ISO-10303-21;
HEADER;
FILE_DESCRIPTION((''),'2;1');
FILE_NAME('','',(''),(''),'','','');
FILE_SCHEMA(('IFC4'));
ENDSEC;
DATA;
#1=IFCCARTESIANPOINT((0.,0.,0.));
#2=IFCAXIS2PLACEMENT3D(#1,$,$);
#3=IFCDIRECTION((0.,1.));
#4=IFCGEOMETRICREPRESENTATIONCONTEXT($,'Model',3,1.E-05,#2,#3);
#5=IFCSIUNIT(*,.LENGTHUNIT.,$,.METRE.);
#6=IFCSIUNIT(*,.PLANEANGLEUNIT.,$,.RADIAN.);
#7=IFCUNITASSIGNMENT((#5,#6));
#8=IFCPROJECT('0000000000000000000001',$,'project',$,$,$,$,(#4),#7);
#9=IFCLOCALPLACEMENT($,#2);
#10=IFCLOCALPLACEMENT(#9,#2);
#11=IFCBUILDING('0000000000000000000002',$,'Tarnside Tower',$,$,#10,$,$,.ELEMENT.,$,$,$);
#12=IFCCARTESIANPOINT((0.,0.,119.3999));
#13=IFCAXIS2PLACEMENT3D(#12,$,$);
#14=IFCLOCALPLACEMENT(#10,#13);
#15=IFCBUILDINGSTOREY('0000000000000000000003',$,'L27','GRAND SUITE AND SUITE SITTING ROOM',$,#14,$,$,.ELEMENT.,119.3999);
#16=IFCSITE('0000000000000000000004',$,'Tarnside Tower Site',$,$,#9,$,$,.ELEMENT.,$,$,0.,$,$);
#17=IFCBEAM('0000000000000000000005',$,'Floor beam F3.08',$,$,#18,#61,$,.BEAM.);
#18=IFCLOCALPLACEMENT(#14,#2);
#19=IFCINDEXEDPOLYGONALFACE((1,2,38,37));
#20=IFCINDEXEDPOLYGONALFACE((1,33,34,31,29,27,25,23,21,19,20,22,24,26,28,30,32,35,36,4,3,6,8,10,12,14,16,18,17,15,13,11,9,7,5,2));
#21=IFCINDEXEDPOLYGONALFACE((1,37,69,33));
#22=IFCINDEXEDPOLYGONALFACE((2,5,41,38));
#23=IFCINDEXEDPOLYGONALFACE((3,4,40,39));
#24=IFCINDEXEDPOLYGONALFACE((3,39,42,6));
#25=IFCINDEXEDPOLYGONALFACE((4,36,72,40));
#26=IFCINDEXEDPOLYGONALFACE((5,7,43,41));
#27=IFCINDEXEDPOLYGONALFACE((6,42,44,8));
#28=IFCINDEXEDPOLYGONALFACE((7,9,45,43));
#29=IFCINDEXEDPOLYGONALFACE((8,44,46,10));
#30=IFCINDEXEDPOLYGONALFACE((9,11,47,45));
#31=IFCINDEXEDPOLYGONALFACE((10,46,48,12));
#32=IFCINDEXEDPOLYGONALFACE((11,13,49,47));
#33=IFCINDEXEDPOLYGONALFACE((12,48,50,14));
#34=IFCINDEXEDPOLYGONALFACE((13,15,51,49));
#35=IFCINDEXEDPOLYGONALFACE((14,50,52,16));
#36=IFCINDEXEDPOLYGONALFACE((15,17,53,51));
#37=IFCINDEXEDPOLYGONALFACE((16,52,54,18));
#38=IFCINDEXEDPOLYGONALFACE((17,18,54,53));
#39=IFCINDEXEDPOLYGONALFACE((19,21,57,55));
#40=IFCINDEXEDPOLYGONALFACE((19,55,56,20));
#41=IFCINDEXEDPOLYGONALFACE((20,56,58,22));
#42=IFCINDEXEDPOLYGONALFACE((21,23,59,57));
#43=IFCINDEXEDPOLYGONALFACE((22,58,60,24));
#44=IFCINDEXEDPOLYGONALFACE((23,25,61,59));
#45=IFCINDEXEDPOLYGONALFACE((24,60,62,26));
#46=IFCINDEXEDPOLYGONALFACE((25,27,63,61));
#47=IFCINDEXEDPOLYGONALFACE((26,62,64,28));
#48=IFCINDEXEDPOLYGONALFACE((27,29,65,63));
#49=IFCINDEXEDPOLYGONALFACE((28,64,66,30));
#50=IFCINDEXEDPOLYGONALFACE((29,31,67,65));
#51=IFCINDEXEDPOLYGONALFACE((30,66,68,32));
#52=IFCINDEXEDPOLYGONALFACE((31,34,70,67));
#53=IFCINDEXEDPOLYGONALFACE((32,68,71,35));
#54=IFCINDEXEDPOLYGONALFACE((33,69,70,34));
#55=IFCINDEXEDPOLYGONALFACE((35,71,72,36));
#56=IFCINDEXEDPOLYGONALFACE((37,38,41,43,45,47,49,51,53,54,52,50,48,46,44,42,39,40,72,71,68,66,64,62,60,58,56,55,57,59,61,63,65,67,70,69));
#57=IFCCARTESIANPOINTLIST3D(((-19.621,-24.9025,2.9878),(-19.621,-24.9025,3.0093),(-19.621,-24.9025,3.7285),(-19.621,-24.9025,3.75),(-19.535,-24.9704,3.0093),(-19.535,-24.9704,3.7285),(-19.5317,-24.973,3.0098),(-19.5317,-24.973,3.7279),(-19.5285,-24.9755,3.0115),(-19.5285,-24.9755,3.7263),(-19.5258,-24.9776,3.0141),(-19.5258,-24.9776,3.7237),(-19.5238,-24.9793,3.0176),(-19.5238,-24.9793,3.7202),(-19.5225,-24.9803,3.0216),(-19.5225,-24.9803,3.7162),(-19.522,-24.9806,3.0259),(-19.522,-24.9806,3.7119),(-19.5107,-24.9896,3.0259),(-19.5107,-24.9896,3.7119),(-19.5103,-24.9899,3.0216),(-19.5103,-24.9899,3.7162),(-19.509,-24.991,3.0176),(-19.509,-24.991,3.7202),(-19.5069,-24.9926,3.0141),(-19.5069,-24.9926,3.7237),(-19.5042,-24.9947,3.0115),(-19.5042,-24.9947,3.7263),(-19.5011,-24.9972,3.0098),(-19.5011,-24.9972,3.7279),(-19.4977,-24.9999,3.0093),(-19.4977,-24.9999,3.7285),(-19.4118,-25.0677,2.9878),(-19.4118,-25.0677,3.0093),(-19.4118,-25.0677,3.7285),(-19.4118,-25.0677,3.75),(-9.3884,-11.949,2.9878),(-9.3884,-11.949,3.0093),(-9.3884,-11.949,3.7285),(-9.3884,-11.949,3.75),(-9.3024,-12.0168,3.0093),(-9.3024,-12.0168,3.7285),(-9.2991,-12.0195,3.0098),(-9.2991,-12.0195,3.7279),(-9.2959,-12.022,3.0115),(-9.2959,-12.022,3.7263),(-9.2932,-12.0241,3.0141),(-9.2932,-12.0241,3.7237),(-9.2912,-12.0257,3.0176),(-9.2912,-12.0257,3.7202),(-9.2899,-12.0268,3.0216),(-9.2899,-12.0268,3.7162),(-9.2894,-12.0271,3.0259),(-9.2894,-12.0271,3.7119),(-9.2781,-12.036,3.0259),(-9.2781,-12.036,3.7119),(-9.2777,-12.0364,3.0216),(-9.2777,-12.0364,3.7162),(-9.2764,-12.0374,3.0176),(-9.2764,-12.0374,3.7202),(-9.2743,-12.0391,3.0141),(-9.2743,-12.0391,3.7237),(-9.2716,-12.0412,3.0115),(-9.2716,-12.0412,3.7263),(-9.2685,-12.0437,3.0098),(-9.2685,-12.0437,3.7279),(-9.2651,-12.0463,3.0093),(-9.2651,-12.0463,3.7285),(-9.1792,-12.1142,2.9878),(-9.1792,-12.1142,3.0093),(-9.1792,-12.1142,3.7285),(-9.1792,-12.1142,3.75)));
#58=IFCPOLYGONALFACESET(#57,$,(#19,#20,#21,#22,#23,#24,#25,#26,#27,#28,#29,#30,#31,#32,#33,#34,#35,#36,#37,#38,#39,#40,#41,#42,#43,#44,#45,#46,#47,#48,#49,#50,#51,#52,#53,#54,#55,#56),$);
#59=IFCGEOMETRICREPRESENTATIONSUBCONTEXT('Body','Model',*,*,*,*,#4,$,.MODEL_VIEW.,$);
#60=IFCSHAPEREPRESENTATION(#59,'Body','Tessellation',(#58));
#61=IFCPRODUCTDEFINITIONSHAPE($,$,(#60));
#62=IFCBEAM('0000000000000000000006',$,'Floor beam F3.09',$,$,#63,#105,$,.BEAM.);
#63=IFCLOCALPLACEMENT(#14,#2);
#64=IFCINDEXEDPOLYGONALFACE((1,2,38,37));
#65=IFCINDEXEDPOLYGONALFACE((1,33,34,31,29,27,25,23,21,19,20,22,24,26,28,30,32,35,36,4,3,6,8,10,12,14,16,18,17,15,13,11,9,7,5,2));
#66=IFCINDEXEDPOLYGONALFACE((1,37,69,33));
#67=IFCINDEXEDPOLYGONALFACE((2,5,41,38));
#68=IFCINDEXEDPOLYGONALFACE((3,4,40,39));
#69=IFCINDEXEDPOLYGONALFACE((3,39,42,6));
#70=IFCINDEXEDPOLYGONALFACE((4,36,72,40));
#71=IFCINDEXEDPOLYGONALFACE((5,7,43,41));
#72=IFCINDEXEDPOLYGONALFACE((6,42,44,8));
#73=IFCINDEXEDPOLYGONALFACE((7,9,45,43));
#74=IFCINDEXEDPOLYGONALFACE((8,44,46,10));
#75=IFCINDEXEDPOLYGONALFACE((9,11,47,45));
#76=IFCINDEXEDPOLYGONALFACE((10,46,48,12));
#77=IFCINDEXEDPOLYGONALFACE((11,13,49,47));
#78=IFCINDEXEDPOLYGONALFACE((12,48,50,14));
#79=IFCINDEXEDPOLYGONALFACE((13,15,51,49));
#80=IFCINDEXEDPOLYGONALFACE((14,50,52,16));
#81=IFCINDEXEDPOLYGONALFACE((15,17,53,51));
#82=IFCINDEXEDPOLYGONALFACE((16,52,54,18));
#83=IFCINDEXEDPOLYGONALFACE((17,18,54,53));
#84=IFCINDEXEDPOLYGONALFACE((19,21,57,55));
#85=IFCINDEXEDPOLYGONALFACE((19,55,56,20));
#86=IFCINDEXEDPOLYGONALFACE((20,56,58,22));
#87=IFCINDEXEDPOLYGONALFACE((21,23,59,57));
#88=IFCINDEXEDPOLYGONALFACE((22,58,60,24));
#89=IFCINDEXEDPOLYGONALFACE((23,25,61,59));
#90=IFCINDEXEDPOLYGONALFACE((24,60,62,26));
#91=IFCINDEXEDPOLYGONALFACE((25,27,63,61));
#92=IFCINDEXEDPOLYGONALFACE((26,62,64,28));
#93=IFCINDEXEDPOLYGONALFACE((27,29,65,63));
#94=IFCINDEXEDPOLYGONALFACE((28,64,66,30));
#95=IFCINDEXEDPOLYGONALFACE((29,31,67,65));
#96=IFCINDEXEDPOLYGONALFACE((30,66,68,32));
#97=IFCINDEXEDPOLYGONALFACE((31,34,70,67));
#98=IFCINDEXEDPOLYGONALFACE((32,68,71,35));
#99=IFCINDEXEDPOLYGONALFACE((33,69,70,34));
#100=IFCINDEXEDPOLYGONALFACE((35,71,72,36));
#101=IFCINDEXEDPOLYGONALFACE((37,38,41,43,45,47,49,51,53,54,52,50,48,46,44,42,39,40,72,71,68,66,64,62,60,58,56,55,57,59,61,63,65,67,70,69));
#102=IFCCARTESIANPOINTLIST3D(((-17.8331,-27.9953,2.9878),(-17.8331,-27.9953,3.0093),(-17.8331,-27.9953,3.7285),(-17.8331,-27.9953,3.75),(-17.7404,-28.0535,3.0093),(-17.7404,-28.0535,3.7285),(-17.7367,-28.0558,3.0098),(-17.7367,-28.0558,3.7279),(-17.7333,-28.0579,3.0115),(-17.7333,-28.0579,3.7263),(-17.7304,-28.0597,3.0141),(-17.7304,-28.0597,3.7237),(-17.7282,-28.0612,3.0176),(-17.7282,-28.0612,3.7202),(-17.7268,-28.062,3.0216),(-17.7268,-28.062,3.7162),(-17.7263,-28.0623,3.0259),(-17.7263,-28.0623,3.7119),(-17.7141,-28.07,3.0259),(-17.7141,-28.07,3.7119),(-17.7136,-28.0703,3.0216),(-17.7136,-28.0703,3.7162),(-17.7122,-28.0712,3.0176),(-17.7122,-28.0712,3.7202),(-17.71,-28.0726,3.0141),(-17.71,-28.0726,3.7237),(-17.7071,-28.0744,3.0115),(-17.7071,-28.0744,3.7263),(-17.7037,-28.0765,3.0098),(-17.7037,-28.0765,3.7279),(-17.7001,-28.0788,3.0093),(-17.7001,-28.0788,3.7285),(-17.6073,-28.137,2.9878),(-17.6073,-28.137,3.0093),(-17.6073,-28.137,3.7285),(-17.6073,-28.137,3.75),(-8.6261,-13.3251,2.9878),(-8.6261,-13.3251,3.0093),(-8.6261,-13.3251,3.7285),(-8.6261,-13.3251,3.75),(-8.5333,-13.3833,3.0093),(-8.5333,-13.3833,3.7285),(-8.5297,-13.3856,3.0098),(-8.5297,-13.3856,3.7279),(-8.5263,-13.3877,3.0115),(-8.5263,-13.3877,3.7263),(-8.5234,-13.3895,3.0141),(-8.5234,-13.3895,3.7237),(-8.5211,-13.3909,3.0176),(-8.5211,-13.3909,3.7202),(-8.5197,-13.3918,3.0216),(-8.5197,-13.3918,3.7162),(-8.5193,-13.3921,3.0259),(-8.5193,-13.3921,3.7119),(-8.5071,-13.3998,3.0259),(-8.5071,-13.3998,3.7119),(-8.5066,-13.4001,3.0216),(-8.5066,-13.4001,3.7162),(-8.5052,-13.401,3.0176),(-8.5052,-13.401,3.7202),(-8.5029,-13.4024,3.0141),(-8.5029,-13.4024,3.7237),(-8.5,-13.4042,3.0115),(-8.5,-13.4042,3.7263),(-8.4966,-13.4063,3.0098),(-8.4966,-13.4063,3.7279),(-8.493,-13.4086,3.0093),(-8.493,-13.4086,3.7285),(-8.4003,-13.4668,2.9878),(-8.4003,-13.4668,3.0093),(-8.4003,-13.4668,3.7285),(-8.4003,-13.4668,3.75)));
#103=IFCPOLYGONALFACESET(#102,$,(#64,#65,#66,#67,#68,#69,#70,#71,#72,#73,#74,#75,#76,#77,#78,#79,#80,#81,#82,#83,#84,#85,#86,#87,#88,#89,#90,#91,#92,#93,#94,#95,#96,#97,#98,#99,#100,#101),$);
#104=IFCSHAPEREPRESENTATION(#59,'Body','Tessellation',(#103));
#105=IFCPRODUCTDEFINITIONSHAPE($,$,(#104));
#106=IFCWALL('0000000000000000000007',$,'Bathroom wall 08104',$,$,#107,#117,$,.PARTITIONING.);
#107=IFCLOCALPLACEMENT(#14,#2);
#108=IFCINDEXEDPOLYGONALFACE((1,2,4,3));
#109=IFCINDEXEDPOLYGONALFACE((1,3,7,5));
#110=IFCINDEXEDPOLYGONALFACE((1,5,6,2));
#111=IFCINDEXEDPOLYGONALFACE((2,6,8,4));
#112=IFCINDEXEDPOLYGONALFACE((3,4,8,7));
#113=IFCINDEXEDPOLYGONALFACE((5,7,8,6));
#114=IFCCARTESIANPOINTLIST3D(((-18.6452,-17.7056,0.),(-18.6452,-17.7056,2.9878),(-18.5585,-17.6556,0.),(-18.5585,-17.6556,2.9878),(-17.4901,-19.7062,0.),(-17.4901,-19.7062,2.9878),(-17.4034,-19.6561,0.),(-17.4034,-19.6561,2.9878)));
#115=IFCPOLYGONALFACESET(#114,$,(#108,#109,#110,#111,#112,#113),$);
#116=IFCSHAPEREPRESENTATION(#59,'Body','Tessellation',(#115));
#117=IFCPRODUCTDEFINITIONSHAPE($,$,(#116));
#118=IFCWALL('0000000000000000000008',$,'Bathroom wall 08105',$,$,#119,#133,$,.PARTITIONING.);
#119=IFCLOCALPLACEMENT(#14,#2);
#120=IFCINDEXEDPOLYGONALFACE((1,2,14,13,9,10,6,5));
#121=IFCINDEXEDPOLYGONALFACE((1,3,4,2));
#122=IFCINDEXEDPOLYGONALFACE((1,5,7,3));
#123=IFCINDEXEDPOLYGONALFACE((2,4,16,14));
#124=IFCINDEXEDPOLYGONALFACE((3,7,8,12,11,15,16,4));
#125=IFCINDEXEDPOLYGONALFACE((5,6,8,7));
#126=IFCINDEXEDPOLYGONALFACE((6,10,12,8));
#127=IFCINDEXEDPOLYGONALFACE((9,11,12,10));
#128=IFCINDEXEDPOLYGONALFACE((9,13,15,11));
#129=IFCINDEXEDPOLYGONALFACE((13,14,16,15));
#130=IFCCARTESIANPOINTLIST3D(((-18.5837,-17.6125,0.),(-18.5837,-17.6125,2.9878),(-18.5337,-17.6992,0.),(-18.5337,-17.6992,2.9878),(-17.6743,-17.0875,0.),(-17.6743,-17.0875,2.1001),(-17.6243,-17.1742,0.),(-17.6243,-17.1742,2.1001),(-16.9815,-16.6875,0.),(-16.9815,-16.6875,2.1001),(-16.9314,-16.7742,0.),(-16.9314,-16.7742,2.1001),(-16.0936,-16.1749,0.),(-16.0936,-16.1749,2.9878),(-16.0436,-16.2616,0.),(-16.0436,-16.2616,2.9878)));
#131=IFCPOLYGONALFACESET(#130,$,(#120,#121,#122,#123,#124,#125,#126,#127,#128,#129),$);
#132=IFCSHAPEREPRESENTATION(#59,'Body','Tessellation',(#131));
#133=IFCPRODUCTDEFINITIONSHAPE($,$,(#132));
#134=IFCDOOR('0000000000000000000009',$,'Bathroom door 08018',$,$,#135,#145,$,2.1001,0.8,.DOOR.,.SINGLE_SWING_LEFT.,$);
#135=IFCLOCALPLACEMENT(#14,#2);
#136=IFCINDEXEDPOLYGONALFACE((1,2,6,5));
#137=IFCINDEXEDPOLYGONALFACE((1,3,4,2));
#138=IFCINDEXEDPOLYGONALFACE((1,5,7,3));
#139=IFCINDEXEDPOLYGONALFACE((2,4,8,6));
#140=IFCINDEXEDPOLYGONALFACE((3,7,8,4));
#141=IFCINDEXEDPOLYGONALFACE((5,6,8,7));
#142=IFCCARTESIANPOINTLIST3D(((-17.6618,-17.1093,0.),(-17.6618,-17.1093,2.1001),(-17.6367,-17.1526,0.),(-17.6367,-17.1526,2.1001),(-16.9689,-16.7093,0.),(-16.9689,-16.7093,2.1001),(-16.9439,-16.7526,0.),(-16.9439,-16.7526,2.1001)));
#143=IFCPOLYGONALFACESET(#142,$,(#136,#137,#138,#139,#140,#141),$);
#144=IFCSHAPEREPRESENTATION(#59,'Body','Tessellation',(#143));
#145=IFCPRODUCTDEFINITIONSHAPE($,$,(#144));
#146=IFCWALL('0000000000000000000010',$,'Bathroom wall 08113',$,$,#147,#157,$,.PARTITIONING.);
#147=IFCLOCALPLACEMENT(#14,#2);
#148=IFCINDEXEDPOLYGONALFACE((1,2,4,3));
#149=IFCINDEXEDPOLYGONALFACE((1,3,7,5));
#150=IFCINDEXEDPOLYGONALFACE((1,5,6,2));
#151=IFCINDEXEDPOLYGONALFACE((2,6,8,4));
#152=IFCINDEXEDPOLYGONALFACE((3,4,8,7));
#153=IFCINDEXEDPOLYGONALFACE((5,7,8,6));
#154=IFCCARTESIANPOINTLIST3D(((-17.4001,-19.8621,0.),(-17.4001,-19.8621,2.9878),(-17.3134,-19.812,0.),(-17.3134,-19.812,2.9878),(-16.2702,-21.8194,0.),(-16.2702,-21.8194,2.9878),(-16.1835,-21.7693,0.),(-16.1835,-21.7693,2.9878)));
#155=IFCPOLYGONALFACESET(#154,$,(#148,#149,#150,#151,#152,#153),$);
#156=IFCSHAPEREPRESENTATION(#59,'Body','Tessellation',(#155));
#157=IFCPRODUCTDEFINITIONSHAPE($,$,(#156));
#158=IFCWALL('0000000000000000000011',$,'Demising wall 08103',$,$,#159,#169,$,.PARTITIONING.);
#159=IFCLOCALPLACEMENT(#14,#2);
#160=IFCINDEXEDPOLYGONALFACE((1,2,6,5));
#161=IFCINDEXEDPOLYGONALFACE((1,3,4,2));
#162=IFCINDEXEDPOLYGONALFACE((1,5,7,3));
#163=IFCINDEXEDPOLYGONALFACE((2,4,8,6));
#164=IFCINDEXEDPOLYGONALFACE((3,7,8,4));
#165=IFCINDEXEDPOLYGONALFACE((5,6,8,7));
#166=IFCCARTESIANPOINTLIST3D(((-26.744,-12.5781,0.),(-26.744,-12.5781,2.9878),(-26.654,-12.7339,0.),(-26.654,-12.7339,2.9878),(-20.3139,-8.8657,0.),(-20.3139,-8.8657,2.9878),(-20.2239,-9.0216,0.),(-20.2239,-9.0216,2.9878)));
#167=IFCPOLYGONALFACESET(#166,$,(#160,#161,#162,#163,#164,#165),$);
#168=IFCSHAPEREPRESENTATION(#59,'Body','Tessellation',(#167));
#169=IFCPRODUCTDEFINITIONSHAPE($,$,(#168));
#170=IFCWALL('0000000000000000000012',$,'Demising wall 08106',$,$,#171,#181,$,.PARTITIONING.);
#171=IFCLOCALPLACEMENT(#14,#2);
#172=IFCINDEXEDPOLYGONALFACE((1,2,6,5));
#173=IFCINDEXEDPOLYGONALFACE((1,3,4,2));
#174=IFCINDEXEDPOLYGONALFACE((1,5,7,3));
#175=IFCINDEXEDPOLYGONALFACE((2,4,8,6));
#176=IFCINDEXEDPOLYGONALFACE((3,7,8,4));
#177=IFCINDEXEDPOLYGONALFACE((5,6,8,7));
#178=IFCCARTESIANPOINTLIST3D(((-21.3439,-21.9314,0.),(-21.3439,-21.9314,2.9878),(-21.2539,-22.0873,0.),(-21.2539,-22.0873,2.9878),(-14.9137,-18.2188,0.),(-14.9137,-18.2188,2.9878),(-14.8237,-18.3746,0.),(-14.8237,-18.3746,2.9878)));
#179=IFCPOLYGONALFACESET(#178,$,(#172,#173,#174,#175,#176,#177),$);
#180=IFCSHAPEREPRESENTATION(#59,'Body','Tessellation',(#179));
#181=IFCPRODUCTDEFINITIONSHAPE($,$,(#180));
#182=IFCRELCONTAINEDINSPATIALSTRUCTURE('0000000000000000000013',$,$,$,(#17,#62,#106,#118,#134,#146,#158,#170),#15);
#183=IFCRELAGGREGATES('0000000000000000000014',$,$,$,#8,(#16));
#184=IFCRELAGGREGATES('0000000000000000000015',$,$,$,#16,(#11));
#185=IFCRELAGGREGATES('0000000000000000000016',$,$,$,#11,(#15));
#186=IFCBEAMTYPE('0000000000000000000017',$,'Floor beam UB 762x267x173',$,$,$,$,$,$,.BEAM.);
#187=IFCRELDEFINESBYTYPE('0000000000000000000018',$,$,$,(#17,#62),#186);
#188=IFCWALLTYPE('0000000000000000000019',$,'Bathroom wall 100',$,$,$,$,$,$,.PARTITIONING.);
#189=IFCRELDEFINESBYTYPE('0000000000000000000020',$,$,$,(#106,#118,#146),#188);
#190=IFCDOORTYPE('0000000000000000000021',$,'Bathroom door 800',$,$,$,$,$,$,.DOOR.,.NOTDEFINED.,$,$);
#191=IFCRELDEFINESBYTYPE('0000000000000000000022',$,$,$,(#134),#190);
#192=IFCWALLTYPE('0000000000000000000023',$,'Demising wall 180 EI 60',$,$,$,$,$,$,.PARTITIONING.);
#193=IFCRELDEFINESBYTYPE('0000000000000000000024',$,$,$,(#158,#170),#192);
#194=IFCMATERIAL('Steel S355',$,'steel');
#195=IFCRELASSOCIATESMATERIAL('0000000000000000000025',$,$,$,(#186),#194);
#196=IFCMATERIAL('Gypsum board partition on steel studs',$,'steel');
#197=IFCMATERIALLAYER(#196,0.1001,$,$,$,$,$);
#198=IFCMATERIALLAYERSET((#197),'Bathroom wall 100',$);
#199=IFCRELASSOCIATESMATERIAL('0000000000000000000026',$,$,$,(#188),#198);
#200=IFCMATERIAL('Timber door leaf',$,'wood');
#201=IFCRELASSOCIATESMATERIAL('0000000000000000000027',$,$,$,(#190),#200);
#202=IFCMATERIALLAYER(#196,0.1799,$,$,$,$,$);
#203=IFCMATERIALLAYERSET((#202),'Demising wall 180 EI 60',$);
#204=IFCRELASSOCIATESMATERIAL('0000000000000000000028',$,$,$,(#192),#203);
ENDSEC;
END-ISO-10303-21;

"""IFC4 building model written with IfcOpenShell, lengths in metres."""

from ifc_helpers import new_model, si_unit, direction, frame, frame_2d, origin, origin_2d, place, context, subcontext, project, spatial, rectangle, i_section, extrude, material, layer, layer_set, material_profile, profile_set, type_object, element, fill, save


model = new_model("IFC4")

# Units and contexts
model_context = context("Model", 3, precision=1e-05, world=origin(), true_north=direction((0.0, 1.0)))
body_context = subcontext(model_context, "Body", "Model", "MODEL_VIEW")
ifc_project = project(units=[si_unit("LENGTHUNIT", "METRE"), si_unit("PLANEANGLEUNIT", "RADIAN")], contexts=[model_context])

# Site, building, storey
site_placement = place(None, origin())
site = spatial("IfcSite", under=ifc_project, at=site_placement, Name="Tarnside Tower Site", CompositionType="ELEMENT", RefElevation=0.0)
building_placement = place(site_placement, origin())
building = spatial("IfcBuilding", under=site, at=building_placement, Name="Tarnside Tower", CompositionType="ELEMENT")
storey_placement = place(building_placement, frame((0.0, 0.0, 119.3999)))
storey = spatial("IfcBuildingStorey", under=building, at=storey_placement, Name="L27", Description="GRAND SUITE AND SUITE SITTING ROOM", CompositionType="ELEMENT", Elevation=119.3999)

# Beams
ifc_material_1 = material(Name="Steel S355", Category="steel")
ifc_material_profile_1 = material_profile(ifc_material_1, i_section(OverallWidth=0.2666, OverallDepth=0.7622, WebThickness=0.0144, FlangeThickness=0.0215, FilletRadius=0.0166, at=origin_2d()), Name="UB 762x267x173")
ifc_profile_set_1 = profile_set([ifc_material_profile_1], Name="Steel S355")
beam_type_1 = type_object("IfcBeamType", Name="Floor beam UB 762x267x173", PredefinedType="BEAM", material=ifc_profile_set_1)
beam_1_placement = place(storey_placement, frame((-19.5164, -24.9851, 3.3689), z_axis=(0.619873, 0.784702, 0.0), x_axis=(-0.784702, 0.619873, 0.0)))
element("IfcBeam", 1, at=beam_1_placement, inside=storey, type_object=beam_type_1, Name="Floor beam F3.08", PredefinedType="BEAM", context=body_context, shape_type="SweptSolid", body=[
    extrude(i_section(OverallWidth=0.2666, OverallDepth=0.7622, WebThickness=0.0144, FlangeThickness=0.0215, FilletRadius=0.0166, at=origin_2d()), origin(), (0.0, 0.0, 1.0), 16.5076),
])
beam_2_placement = place(storey_placement, frame((-17.7202, -28.0662, 3.3689), z_axis=(0.531583, 0.847006, 0.0), x_axis=(-0.847006, 0.531583, 0.0)))
element("IfcBeam", 2, at=beam_2_placement, inside=storey, type_object=beam_type_1, Name="Floor beam F3.09", PredefinedType="BEAM", context=body_context, shape_type="SweptSolid", body=[
    extrude(i_section(OverallWidth=0.2666, OverallDepth=0.7622, WebThickness=0.0144, FlangeThickness=0.0215, FilletRadius=0.0166, at=origin_2d()), origin(), (0.0, 0.0, 1.0), 17.3201),
])

# Wall
ifc_material_2 = material(Name="Gypsum board partition on steel studs", Category="steel")
ifc_layer_1 = layer(ifc_material_2, 0.1001)
ifc_layer_set_1 = layer_set([ifc_layer_1], Name="Bathroom wall 100")
wall_type_1 = type_object("IfcWallType", Name="Bathroom wall 100", PredefinedType="PARTITIONING", material=ifc_layer_set_1)
wall_1_placement = place(storey_placement, frame((-17.4468, -19.6812, 0.0), z_axis=(0.0, 0.0, 1.0), x_axis=(-0.500015, 0.866017, 0.0)))
element("IfcWall", 3, at=wall_1_placement, inside=storey, type_object=wall_type_1, Name="Bathroom wall 08104", PredefinedType="PARTITIONING", context=body_context, shape_type="SweptSolid", body=[
    extrude(rectangle(XDim=2.3101, YDim=0.1001, at=frame_2d((1.155, 0.0))), origin(), (0.0, 0.0, 1.0), 2.9878),
])

# Wall, opening, door
wall_2_placement = place(storey_placement, frame((-18.5586, -17.6558, 0.0), z_axis=(0.0, 0.0, 1.0), x_axis=(0.86604, 0.499975, 0.0)))
wall_2 = element("IfcWall", 4, at=wall_2_placement, inside=storey, type_object=wall_type_1, Name="Bathroom wall 08105", PredefinedType="PARTITIONING", context=body_context, shape_type="SweptSolid", body=[
    extrude(rectangle(XDim=2.8752, YDim=0.1001, at=frame_2d((1.4375, 0.0))), origin(), (0.0, 0.0, 1.0), 2.9878),
])
opening_1_placement = place(wall_2_placement, frame((1.05, 0.0, 0.0)))
opening_1 = element("IfcOpeningElement", 5, at=opening_1_placement, cuts=wall_2, PredefinedType="OPENING", context=body_context, shape_type="SweptSolid", body=[
    extrude(rectangle(XDim=0.8, YDim=2.1001, at=frame_2d((0.3999, 1.05))), frame((0.0, 0.0601, 0.0), z_axis=(0.0, -1.0, 0.0), x_axis=(1.0, 0.0, 0.0)), (0.0, 0.0, 1.0), 0.1201),
])
ifc_material_3 = material(Name="Timber door leaf", Category="wood")
door_type_1 = type_object("IfcDoorType", Name="Bathroom door 800", OperationType="NOTDEFINED", PredefinedType="DOOR", material=ifc_material_3)
door_1_placement = place(opening_1_placement, origin())
door_1 = element("IfcDoor", 6, at=door_1_placement, inside=storey, type_object=door_type_1, Name="Bathroom door 08018", OperationType="SINGLE_SWING_LEFT", OverallHeight=2.1001, OverallWidth=0.8, PredefinedType="DOOR", context=body_context, shape_type="SweptSolid", body=[
    extrude(rectangle(XDim=0.8, YDim=2.1001, at=frame_2d((0.3999, 1.05))), frame((0.0, 0.0249, 0.0), z_axis=(0.0, -1.0, 0.0), x_axis=(1.0, 0.0, 0.0)), (0.0, 0.0, 1.0), 0.05),
])
fill(opening_1, door_1)

# Walls
wall_3_placement = place(storey_placement, frame((-17.3567, -19.8372, 0.0), z_axis=(0.0, 0.0, 1.0), x_axis=(0.49995, -0.866054, 0.0)))
element("IfcWall", 7, at=wall_3_placement, inside=storey, type_object=wall_type_1, Name="Bathroom wall 08113", PredefinedType="PARTITIONING", context=body_context, shape_type="SweptSolid", body=[
    extrude(rectangle(XDim=2.26, YDim=0.1001, at=frame_2d((1.1299, 0.0))), origin(), (0.0, 0.0, 1.0), 2.9878),
])
ifc_layer_2 = layer(ifc_material_2, 0.1799)
ifc_layer_set_2 = layer_set([ifc_layer_2], Name="Demising wall 180 EI 60")
wall_type_2 = type_object("IfcWallType", Name="Demising wall 180 EI 60", PredefinedType="PARTITIONING", material=ifc_layer_set_2)
wall_4_placement = place(storey_placement, frame((-26.699, -12.656, 0.0), z_axis=(0.0, 0.0, 1.0), x_axis=(0.866029, 0.499994, 0.0)))
element("IfcWall", 8, at=wall_4_placement, inside=storey, type_object=wall_type_2, Name="Demising wall 08103", PredefinedType="PARTITIONING", context=body_context, shape_type="SweptSolid", body=[
    extrude(rectangle(XDim=7.4248, YDim=0.1799, at=frame_2d((3.7124, 0.0))), origin(), (0.0, 0.0, 1.0), 2.9878),
])
wall_5_placement = place(storey_placement, frame((-21.2988, -22.0093, 0.0), z_axis=(0.0, 0.0, 1.0), x_axis=(0.866015, 0.500018, 0.0)))
element("IfcWall", 9, at=wall_5_placement, inside=storey, type_object=wall_type_2, Name="Demising wall 08106", PredefinedType="PARTITIONING", context=body_context, shape_type="SweptSolid", body=[
    extrude(rectangle(XDim=7.425, YDim=0.1799, at=frame_2d((3.7124, 0.0))), origin(), (0.0, 0.0, 1.0), 2.9878),
])

save(model, "model.ifc")
